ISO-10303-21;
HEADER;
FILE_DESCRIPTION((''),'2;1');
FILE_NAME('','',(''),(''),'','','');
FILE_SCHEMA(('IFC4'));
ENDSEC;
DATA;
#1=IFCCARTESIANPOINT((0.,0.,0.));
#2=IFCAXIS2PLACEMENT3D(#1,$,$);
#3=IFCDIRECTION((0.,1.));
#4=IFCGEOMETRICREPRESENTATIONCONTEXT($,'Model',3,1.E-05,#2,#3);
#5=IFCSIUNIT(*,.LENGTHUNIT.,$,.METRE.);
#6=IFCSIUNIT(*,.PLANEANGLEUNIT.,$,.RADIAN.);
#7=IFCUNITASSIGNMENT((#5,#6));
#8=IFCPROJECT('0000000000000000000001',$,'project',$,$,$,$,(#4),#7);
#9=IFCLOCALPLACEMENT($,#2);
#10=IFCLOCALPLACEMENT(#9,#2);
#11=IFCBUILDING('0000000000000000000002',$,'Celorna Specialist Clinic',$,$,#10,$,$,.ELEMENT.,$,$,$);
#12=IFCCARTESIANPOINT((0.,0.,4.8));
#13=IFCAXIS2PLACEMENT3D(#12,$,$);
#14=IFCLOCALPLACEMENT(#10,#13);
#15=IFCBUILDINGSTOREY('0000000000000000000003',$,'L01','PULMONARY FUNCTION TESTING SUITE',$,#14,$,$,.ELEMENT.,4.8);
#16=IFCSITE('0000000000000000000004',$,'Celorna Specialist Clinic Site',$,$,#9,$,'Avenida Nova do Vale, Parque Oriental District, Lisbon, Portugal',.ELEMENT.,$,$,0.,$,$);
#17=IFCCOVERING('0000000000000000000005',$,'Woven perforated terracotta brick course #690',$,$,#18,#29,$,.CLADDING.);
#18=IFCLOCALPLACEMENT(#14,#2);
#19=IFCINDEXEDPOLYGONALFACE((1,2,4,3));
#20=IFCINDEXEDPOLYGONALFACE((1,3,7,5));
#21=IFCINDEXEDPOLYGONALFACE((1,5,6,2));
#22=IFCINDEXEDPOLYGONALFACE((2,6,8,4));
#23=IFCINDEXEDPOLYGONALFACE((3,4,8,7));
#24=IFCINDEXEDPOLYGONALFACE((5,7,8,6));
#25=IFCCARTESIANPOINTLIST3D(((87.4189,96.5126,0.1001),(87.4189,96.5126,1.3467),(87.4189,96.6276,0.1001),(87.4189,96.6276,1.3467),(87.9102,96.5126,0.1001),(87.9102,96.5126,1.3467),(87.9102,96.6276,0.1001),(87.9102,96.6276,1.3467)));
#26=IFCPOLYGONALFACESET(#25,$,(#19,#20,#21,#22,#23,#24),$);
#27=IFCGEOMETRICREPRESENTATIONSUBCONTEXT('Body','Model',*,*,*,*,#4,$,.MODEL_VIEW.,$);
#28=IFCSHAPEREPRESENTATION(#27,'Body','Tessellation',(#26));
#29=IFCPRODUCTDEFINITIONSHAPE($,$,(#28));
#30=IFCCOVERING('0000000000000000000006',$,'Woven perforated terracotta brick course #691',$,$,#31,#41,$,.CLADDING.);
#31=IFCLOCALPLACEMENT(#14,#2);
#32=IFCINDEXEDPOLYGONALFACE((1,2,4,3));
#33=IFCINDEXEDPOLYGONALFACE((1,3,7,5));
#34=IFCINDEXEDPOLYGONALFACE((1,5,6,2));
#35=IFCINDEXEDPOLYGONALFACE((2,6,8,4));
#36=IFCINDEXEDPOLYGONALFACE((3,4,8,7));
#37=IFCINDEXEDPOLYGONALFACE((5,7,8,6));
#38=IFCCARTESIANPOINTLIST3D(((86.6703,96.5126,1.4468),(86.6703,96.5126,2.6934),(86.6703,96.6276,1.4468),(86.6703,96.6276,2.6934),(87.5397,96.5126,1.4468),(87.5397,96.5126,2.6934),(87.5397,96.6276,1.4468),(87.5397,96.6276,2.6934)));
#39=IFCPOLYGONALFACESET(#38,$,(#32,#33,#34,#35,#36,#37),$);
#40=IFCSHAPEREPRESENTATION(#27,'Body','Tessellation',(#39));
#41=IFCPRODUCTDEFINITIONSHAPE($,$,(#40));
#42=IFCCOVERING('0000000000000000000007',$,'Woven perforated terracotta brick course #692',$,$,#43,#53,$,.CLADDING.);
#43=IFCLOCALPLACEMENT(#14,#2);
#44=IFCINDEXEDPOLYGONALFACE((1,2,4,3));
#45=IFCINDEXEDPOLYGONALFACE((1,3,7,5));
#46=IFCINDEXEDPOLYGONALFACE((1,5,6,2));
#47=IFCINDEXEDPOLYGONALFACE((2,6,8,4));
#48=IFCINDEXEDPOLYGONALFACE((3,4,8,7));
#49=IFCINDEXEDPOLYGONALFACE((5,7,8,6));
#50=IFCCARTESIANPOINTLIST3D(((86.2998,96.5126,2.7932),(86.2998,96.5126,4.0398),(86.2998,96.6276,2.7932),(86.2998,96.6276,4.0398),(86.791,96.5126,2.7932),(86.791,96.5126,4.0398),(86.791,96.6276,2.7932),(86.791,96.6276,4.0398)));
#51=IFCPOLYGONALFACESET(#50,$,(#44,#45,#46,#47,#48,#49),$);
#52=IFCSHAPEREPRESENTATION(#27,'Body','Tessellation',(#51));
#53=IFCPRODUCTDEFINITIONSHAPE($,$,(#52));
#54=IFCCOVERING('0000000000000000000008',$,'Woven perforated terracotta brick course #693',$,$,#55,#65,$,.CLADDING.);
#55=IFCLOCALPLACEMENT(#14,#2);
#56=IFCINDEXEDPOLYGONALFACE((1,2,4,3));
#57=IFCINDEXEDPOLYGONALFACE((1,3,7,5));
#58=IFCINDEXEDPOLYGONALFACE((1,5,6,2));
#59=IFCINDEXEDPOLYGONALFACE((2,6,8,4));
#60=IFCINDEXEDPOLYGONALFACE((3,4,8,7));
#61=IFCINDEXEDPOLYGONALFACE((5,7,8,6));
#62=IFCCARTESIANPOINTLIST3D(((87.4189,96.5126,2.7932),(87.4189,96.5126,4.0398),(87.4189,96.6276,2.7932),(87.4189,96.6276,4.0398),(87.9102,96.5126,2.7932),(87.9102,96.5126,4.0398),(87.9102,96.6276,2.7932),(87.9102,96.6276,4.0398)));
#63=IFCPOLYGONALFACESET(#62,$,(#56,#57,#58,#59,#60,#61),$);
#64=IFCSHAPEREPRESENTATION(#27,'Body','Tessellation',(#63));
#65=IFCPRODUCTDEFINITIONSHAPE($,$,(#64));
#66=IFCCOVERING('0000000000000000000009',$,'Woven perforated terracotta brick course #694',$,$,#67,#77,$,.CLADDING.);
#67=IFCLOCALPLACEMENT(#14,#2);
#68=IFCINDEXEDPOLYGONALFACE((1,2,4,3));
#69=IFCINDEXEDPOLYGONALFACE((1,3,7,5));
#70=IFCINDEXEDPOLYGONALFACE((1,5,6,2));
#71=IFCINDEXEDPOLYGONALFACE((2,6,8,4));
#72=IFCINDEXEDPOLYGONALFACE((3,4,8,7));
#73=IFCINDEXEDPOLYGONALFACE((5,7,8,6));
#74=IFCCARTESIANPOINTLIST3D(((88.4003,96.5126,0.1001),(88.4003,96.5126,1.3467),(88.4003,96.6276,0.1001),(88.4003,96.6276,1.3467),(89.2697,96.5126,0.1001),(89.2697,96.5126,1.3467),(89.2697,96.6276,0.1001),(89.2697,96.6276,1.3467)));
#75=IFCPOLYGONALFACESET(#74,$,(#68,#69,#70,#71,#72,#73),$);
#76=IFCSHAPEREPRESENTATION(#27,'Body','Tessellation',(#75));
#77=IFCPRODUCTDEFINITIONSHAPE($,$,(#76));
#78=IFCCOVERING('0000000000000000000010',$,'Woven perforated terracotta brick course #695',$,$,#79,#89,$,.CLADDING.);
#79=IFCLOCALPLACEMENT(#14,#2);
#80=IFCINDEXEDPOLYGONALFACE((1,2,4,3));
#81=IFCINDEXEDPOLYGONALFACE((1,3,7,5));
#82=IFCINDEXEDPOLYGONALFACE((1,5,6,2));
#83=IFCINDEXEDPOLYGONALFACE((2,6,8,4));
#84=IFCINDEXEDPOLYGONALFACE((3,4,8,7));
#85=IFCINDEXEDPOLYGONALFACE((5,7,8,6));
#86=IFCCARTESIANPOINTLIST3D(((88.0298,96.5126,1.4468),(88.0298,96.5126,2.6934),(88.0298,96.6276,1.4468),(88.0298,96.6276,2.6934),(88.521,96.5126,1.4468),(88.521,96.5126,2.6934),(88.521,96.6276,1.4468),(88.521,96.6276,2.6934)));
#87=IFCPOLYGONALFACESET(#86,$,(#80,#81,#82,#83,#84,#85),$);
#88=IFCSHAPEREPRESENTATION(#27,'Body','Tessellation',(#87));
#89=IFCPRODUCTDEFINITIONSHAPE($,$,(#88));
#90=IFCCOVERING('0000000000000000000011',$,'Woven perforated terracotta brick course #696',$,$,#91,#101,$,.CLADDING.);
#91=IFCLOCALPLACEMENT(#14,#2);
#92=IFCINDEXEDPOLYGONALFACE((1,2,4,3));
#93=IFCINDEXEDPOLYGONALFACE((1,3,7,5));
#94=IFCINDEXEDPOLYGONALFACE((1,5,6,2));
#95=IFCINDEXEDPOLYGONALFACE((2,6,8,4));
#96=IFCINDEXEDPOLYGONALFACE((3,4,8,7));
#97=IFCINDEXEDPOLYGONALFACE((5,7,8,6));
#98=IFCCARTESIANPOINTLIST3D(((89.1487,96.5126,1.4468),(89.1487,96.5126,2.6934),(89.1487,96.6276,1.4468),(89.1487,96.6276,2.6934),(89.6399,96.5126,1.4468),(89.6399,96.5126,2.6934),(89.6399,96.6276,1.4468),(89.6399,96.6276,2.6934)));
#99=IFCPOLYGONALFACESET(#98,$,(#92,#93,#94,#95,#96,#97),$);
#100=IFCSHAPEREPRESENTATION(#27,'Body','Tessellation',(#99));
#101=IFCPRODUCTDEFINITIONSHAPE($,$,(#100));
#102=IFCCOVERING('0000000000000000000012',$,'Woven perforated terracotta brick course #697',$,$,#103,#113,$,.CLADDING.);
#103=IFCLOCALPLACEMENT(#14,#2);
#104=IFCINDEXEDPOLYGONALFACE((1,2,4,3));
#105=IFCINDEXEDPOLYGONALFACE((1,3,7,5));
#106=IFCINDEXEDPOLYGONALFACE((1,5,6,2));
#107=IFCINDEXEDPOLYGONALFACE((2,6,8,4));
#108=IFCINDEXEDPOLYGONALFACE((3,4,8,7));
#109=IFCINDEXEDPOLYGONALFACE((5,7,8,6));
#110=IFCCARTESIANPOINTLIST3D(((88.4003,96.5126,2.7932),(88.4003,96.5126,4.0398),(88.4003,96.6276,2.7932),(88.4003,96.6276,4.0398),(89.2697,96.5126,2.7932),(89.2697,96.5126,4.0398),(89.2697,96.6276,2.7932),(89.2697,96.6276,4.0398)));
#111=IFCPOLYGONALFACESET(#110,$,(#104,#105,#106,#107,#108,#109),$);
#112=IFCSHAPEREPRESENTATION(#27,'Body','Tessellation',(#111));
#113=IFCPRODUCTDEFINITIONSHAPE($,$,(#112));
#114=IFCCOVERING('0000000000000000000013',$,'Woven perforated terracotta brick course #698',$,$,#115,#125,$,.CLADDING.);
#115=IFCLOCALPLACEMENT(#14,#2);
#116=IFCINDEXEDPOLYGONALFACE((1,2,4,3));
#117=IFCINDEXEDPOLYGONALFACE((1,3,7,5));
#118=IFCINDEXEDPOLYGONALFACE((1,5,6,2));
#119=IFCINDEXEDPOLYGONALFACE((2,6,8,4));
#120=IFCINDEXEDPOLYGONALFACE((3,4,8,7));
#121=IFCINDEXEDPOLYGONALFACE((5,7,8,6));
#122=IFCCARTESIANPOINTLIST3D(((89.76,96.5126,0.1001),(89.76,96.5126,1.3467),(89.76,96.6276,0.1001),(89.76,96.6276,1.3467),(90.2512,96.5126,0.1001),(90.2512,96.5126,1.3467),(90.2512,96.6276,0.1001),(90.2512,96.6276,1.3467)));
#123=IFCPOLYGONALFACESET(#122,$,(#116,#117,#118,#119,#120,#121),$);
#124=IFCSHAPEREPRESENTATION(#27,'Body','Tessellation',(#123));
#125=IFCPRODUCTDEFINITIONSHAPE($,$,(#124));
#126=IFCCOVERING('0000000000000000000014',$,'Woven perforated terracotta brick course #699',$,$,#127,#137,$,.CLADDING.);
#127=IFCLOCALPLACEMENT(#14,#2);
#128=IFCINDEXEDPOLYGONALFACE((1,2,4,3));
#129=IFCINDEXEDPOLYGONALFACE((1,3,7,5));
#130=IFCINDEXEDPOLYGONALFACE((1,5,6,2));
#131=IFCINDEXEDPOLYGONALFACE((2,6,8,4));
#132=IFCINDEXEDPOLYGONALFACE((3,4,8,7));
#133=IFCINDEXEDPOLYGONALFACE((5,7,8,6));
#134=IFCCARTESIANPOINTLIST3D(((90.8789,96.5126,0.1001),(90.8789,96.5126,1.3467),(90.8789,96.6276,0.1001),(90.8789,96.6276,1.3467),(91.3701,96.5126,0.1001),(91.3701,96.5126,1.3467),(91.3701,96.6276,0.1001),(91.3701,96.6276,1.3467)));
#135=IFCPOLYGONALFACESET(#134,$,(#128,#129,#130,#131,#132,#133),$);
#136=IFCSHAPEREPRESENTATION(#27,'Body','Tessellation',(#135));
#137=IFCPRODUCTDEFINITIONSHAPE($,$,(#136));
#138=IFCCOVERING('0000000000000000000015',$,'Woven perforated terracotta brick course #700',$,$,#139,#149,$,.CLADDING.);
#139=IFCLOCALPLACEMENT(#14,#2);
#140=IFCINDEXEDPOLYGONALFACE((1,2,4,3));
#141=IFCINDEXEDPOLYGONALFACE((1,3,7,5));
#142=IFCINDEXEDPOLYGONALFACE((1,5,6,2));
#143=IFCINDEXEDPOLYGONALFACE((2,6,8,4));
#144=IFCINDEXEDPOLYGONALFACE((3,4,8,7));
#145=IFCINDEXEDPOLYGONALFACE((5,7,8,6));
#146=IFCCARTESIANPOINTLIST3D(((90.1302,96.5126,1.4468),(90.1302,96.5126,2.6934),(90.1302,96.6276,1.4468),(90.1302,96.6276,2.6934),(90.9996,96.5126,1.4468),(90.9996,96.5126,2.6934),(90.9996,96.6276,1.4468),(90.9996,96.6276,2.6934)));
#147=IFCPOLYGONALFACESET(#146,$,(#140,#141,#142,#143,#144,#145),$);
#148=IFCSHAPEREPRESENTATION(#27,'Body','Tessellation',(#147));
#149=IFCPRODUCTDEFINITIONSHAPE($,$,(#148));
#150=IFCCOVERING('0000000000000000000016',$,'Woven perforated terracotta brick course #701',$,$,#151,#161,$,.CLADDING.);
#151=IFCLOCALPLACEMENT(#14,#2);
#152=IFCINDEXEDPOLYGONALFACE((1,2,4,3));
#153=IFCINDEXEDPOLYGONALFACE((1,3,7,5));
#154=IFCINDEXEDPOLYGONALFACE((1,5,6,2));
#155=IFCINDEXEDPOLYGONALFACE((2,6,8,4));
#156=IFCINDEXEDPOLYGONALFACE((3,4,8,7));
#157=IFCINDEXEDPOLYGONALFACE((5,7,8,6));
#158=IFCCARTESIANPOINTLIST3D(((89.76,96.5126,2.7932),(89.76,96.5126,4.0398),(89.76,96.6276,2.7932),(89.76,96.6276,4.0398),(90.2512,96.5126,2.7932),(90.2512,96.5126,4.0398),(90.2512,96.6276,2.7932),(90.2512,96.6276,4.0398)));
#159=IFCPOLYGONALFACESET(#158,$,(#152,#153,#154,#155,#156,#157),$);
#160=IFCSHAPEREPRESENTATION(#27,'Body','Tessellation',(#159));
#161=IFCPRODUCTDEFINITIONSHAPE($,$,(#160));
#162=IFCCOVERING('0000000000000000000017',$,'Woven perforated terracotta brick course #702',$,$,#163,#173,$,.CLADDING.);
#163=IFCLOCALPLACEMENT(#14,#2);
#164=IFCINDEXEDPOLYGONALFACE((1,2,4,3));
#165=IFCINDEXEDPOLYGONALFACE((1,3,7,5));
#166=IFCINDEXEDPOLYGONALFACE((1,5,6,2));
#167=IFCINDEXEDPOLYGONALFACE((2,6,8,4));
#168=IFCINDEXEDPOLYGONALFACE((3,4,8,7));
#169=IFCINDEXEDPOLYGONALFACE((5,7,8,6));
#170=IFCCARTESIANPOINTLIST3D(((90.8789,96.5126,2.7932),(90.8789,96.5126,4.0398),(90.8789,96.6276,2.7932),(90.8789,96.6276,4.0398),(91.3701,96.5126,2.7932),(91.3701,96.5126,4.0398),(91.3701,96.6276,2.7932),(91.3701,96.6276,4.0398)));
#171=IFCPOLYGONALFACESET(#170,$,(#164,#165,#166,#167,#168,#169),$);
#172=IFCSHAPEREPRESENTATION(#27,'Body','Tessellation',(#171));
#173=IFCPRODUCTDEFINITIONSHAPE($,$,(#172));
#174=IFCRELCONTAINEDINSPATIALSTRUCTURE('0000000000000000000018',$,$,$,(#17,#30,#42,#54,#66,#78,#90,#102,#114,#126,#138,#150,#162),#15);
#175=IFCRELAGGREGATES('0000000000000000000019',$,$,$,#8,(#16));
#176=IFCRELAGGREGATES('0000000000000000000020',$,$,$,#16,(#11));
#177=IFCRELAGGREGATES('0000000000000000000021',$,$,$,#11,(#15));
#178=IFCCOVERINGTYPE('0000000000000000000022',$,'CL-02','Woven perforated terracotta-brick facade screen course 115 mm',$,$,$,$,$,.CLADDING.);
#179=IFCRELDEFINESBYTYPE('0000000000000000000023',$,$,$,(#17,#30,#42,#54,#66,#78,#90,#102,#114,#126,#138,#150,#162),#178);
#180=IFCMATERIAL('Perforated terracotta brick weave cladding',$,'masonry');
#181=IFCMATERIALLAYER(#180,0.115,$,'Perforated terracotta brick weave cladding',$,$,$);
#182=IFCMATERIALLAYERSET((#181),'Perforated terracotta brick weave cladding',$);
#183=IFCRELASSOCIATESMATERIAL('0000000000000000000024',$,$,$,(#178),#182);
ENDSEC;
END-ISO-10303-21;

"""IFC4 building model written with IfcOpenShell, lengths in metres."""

from ifc_helpers import new_model, si_unit, direction, frame, origin, origin_2d, place, context, subcontext, project, spatial, rectangle, extrude, material, layer, layer_set, type_object, element, save


model = new_model("IFC4")

# Units and contexts
model_context = context("Model", 3, precision=1e-05, world=origin(), true_north=direction((0.0, 1.0)))
body_context = subcontext(model_context, "Body", "Model", "MODEL_VIEW")
ifc_project = project(units=[si_unit("LENGTHUNIT", "METRE"), si_unit("PLANEANGLEUNIT", "RADIAN")], contexts=[model_context])

# Site, building, storey
site_placement = place(None, origin())
site = spatial("IfcSite", under=ifc_project, at=site_placement, Name="Celorna Specialist Clinic Site", LongName="Avenida Nova do Vale, Parque Oriental District, Lisbon, Portugal", CompositionType="ELEMENT", RefElevation=0.0)
building_placement = place(site_placement, origin())
building = spatial("IfcBuilding", under=site, at=building_placement, Name="Celorna Specialist Clinic", CompositionType="ELEMENT")
storey_placement = place(building_placement, frame((0.0, 0.0, 4.8)))
storey = spatial("IfcBuildingStorey", under=building, at=storey_placement, Name="L01", Description="PULMONARY FUNCTION TESTING SUITE", CompositionType="ELEMENT", Elevation=4.8)

# Coverings
ifc_material_1 = material(Name="Perforated terracotta brick weave cladding", Category="masonry")
ifc_layer_1 = layer(ifc_material_1, 0.115, Name="Perforated terracotta brick weave cladding")
ifc_layer_set_1 = layer_set([ifc_layer_1], Name="Perforated terracotta brick weave cladding")
covering_type = type_object("IfcCoveringType", Name="CL-02", Description="Woven perforated terracotta-brick facade screen course 115 mm", PredefinedType="CLADDING", material=ifc_layer_set_1)
for number, where, z_axis, x_axis, name in (
    (1, (87.6646, 96.5701, 0.1001), (0.0, 0.0, 1.0), (1.0, 0.0, 0.0), "Woven perforated terracotta brick course #690"),
):
    element("IfcCovering", number, at=place(storey_placement, frame(where, z_axis=z_axis, x_axis=x_axis)), inside=storey, type_object=covering_type, Name=name, PredefinedType="CLADDING", context=body_context, shape_type="SweptSolid", body=[
        extrude(rectangle(XDim=0.4912, YDim=0.115, at=origin_2d()), origin(), (0.0, 0.0, 1.0), 1.2466),
    ])
covering_1_placement = place(storey_placement, frame((87.105, 96.5701, 1.4468), z_axis=(0.0, 0.0, 1.0), x_axis=(1.0, 0.0, 0.0)))
element("IfcCovering", 2, at=covering_1_placement, inside=storey, type_object=covering_type, Name="Woven perforated terracotta brick course #691", PredefinedType="CLADDING", context=body_context, shape_type="SweptSolid", body=[
    extrude(rectangle(XDim=0.8694, YDim=0.115, at=origin_2d()), origin(), (0.0, 0.0, 1.0), 1.2466),
])
for number, where, z_axis, x_axis, name in (
    (3, (86.5454, 96.5701, 2.7932), (0.0, 0.0, 1.0), (1.0, 0.0, 0.0), "Woven perforated terracotta brick course #692"),
    (4, (87.6646, 96.5701, 2.7932), (0.0, 0.0, 1.0), (1.0, 0.0, 0.0), "Woven perforated terracotta brick course #693"),
):
    element("IfcCovering", number, at=place(storey_placement, frame(where, z_axis=z_axis, x_axis=x_axis)), inside=storey, type_object=covering_type, Name=name, PredefinedType="CLADDING", context=body_context, shape_type="SweptSolid", body=[
        extrude(rectangle(XDim=0.4912, YDim=0.115, at=origin_2d()), origin(), (0.0, 0.0, 1.0), 1.2466),
    ])
covering_2_placement = place(storey_placement, frame((88.835, 96.5701, 0.1001), z_axis=(0.0, 0.0, 1.0), x_axis=(1.0, 0.0, 0.0)))
element("IfcCovering", 5, at=covering_2_placement, inside=storey, type_object=covering_type, Name="Woven perforated terracotta brick course #694", PredefinedType="CLADDING", context=body_context, shape_type="SweptSolid", body=[
    extrude(rectangle(XDim=0.8694, YDim=0.115, at=origin_2d()), origin(), (0.0, 0.0, 1.0), 1.2466),
])
for number, where, z_axis, x_axis, name in (
    (6, (88.2754, 96.5701, 1.4468), (0.0, 0.0, 1.0), (1.0, 0.0, 0.0), "Woven perforated terracotta brick course #695"),
    (7, (89.3943, 96.5701, 1.4468), (0.0, 0.0, 1.0), (1.0, 0.0, 0.0), "Woven perforated terracotta brick course #696"),
):
    element("IfcCovering", number, at=place(storey_placement, frame(where, z_axis=z_axis, x_axis=x_axis)), inside=storey, type_object=covering_type, Name=name, PredefinedType="CLADDING", context=body_context, shape_type="SweptSolid", body=[
        extrude(rectangle(XDim=0.4912, YDim=0.115, at=origin_2d()), origin(), (0.0, 0.0, 1.0), 1.2466),
    ])
covering_3_placement = place(storey_placement, frame((88.835, 96.5701, 2.7932), z_axis=(0.0, 0.0, 1.0), x_axis=(1.0, 0.0, 0.0)))
element("IfcCovering", 8, at=covering_3_placement, inside=storey, type_object=covering_type, Name="Woven perforated terracotta brick course #697", PredefinedType="CLADDING", context=body_context, shape_type="SweptSolid", body=[
    extrude(rectangle(XDim=0.8694, YDim=0.115, at=origin_2d()), origin(), (0.0, 0.0, 1.0), 1.2466),
])
for number, where, z_axis, x_axis, name in (
    (9, (90.0056, 96.5701, 0.1001), (0.0, 0.0, 1.0), (1.0, 0.0, 0.0), "Woven perforated terracotta brick course #698"),
    (10, (91.1245, 96.5701, 0.1001), (0.0, 0.0, 1.0), (1.0, 0.0, 0.0), "Woven perforated terracotta brick course #699"),
):
    element("IfcCovering", number, at=place(storey_placement, frame(where, z_axis=z_axis, x_axis=x_axis)), inside=storey, type_object=covering_type, Name=name, PredefinedType="CLADDING", context=body_context, shape_type="SweptSolid", body=[
        extrude(rectangle(XDim=0.4912, YDim=0.115, at=origin_2d()), origin(), (0.0, 0.0, 1.0), 1.2466),
    ])
covering_4_placement = place(storey_placement, frame((90.5649, 96.5701, 1.4468), z_axis=(0.0, 0.0, 1.0), x_axis=(1.0, 0.0, 0.0)))
element("IfcCovering", 11, at=covering_4_placement, inside=storey, type_object=covering_type, Name="Woven perforated terracotta brick course #700", PredefinedType="CLADDING", context=body_context, shape_type="SweptSolid", body=[
    extrude(rectangle(XDim=0.8694, YDim=0.115, at=origin_2d()), origin(), (0.0, 0.0, 1.0), 1.2466),
])
for number, where, z_axis, x_axis, name in (
    (12, (90.0056, 96.5701, 2.7932), (0.0, 0.0, 1.0), (1.0, 0.0, 0.0), "Woven perforated terracotta brick course #701"),
    (13, (91.1245, 96.5701, 2.7932), (0.0, 0.0, 1.0), (1.0, 0.0, 0.0), "Woven perforated terracotta brick course #702"),
):
    element("IfcCovering", number, at=place(storey_placement, frame(where, z_axis=z_axis, x_axis=x_axis)), inside=storey, type_object=covering_type, Name=name, PredefinedType="CLADDING", context=body_context, shape_type="SweptSolid", body=[
        extrude(rectangle(XDim=0.4912, YDim=0.115, at=origin_2d()), origin(), (0.0, 0.0, 1.0), 1.2466),
    ])

save(model, "model.ifc")
